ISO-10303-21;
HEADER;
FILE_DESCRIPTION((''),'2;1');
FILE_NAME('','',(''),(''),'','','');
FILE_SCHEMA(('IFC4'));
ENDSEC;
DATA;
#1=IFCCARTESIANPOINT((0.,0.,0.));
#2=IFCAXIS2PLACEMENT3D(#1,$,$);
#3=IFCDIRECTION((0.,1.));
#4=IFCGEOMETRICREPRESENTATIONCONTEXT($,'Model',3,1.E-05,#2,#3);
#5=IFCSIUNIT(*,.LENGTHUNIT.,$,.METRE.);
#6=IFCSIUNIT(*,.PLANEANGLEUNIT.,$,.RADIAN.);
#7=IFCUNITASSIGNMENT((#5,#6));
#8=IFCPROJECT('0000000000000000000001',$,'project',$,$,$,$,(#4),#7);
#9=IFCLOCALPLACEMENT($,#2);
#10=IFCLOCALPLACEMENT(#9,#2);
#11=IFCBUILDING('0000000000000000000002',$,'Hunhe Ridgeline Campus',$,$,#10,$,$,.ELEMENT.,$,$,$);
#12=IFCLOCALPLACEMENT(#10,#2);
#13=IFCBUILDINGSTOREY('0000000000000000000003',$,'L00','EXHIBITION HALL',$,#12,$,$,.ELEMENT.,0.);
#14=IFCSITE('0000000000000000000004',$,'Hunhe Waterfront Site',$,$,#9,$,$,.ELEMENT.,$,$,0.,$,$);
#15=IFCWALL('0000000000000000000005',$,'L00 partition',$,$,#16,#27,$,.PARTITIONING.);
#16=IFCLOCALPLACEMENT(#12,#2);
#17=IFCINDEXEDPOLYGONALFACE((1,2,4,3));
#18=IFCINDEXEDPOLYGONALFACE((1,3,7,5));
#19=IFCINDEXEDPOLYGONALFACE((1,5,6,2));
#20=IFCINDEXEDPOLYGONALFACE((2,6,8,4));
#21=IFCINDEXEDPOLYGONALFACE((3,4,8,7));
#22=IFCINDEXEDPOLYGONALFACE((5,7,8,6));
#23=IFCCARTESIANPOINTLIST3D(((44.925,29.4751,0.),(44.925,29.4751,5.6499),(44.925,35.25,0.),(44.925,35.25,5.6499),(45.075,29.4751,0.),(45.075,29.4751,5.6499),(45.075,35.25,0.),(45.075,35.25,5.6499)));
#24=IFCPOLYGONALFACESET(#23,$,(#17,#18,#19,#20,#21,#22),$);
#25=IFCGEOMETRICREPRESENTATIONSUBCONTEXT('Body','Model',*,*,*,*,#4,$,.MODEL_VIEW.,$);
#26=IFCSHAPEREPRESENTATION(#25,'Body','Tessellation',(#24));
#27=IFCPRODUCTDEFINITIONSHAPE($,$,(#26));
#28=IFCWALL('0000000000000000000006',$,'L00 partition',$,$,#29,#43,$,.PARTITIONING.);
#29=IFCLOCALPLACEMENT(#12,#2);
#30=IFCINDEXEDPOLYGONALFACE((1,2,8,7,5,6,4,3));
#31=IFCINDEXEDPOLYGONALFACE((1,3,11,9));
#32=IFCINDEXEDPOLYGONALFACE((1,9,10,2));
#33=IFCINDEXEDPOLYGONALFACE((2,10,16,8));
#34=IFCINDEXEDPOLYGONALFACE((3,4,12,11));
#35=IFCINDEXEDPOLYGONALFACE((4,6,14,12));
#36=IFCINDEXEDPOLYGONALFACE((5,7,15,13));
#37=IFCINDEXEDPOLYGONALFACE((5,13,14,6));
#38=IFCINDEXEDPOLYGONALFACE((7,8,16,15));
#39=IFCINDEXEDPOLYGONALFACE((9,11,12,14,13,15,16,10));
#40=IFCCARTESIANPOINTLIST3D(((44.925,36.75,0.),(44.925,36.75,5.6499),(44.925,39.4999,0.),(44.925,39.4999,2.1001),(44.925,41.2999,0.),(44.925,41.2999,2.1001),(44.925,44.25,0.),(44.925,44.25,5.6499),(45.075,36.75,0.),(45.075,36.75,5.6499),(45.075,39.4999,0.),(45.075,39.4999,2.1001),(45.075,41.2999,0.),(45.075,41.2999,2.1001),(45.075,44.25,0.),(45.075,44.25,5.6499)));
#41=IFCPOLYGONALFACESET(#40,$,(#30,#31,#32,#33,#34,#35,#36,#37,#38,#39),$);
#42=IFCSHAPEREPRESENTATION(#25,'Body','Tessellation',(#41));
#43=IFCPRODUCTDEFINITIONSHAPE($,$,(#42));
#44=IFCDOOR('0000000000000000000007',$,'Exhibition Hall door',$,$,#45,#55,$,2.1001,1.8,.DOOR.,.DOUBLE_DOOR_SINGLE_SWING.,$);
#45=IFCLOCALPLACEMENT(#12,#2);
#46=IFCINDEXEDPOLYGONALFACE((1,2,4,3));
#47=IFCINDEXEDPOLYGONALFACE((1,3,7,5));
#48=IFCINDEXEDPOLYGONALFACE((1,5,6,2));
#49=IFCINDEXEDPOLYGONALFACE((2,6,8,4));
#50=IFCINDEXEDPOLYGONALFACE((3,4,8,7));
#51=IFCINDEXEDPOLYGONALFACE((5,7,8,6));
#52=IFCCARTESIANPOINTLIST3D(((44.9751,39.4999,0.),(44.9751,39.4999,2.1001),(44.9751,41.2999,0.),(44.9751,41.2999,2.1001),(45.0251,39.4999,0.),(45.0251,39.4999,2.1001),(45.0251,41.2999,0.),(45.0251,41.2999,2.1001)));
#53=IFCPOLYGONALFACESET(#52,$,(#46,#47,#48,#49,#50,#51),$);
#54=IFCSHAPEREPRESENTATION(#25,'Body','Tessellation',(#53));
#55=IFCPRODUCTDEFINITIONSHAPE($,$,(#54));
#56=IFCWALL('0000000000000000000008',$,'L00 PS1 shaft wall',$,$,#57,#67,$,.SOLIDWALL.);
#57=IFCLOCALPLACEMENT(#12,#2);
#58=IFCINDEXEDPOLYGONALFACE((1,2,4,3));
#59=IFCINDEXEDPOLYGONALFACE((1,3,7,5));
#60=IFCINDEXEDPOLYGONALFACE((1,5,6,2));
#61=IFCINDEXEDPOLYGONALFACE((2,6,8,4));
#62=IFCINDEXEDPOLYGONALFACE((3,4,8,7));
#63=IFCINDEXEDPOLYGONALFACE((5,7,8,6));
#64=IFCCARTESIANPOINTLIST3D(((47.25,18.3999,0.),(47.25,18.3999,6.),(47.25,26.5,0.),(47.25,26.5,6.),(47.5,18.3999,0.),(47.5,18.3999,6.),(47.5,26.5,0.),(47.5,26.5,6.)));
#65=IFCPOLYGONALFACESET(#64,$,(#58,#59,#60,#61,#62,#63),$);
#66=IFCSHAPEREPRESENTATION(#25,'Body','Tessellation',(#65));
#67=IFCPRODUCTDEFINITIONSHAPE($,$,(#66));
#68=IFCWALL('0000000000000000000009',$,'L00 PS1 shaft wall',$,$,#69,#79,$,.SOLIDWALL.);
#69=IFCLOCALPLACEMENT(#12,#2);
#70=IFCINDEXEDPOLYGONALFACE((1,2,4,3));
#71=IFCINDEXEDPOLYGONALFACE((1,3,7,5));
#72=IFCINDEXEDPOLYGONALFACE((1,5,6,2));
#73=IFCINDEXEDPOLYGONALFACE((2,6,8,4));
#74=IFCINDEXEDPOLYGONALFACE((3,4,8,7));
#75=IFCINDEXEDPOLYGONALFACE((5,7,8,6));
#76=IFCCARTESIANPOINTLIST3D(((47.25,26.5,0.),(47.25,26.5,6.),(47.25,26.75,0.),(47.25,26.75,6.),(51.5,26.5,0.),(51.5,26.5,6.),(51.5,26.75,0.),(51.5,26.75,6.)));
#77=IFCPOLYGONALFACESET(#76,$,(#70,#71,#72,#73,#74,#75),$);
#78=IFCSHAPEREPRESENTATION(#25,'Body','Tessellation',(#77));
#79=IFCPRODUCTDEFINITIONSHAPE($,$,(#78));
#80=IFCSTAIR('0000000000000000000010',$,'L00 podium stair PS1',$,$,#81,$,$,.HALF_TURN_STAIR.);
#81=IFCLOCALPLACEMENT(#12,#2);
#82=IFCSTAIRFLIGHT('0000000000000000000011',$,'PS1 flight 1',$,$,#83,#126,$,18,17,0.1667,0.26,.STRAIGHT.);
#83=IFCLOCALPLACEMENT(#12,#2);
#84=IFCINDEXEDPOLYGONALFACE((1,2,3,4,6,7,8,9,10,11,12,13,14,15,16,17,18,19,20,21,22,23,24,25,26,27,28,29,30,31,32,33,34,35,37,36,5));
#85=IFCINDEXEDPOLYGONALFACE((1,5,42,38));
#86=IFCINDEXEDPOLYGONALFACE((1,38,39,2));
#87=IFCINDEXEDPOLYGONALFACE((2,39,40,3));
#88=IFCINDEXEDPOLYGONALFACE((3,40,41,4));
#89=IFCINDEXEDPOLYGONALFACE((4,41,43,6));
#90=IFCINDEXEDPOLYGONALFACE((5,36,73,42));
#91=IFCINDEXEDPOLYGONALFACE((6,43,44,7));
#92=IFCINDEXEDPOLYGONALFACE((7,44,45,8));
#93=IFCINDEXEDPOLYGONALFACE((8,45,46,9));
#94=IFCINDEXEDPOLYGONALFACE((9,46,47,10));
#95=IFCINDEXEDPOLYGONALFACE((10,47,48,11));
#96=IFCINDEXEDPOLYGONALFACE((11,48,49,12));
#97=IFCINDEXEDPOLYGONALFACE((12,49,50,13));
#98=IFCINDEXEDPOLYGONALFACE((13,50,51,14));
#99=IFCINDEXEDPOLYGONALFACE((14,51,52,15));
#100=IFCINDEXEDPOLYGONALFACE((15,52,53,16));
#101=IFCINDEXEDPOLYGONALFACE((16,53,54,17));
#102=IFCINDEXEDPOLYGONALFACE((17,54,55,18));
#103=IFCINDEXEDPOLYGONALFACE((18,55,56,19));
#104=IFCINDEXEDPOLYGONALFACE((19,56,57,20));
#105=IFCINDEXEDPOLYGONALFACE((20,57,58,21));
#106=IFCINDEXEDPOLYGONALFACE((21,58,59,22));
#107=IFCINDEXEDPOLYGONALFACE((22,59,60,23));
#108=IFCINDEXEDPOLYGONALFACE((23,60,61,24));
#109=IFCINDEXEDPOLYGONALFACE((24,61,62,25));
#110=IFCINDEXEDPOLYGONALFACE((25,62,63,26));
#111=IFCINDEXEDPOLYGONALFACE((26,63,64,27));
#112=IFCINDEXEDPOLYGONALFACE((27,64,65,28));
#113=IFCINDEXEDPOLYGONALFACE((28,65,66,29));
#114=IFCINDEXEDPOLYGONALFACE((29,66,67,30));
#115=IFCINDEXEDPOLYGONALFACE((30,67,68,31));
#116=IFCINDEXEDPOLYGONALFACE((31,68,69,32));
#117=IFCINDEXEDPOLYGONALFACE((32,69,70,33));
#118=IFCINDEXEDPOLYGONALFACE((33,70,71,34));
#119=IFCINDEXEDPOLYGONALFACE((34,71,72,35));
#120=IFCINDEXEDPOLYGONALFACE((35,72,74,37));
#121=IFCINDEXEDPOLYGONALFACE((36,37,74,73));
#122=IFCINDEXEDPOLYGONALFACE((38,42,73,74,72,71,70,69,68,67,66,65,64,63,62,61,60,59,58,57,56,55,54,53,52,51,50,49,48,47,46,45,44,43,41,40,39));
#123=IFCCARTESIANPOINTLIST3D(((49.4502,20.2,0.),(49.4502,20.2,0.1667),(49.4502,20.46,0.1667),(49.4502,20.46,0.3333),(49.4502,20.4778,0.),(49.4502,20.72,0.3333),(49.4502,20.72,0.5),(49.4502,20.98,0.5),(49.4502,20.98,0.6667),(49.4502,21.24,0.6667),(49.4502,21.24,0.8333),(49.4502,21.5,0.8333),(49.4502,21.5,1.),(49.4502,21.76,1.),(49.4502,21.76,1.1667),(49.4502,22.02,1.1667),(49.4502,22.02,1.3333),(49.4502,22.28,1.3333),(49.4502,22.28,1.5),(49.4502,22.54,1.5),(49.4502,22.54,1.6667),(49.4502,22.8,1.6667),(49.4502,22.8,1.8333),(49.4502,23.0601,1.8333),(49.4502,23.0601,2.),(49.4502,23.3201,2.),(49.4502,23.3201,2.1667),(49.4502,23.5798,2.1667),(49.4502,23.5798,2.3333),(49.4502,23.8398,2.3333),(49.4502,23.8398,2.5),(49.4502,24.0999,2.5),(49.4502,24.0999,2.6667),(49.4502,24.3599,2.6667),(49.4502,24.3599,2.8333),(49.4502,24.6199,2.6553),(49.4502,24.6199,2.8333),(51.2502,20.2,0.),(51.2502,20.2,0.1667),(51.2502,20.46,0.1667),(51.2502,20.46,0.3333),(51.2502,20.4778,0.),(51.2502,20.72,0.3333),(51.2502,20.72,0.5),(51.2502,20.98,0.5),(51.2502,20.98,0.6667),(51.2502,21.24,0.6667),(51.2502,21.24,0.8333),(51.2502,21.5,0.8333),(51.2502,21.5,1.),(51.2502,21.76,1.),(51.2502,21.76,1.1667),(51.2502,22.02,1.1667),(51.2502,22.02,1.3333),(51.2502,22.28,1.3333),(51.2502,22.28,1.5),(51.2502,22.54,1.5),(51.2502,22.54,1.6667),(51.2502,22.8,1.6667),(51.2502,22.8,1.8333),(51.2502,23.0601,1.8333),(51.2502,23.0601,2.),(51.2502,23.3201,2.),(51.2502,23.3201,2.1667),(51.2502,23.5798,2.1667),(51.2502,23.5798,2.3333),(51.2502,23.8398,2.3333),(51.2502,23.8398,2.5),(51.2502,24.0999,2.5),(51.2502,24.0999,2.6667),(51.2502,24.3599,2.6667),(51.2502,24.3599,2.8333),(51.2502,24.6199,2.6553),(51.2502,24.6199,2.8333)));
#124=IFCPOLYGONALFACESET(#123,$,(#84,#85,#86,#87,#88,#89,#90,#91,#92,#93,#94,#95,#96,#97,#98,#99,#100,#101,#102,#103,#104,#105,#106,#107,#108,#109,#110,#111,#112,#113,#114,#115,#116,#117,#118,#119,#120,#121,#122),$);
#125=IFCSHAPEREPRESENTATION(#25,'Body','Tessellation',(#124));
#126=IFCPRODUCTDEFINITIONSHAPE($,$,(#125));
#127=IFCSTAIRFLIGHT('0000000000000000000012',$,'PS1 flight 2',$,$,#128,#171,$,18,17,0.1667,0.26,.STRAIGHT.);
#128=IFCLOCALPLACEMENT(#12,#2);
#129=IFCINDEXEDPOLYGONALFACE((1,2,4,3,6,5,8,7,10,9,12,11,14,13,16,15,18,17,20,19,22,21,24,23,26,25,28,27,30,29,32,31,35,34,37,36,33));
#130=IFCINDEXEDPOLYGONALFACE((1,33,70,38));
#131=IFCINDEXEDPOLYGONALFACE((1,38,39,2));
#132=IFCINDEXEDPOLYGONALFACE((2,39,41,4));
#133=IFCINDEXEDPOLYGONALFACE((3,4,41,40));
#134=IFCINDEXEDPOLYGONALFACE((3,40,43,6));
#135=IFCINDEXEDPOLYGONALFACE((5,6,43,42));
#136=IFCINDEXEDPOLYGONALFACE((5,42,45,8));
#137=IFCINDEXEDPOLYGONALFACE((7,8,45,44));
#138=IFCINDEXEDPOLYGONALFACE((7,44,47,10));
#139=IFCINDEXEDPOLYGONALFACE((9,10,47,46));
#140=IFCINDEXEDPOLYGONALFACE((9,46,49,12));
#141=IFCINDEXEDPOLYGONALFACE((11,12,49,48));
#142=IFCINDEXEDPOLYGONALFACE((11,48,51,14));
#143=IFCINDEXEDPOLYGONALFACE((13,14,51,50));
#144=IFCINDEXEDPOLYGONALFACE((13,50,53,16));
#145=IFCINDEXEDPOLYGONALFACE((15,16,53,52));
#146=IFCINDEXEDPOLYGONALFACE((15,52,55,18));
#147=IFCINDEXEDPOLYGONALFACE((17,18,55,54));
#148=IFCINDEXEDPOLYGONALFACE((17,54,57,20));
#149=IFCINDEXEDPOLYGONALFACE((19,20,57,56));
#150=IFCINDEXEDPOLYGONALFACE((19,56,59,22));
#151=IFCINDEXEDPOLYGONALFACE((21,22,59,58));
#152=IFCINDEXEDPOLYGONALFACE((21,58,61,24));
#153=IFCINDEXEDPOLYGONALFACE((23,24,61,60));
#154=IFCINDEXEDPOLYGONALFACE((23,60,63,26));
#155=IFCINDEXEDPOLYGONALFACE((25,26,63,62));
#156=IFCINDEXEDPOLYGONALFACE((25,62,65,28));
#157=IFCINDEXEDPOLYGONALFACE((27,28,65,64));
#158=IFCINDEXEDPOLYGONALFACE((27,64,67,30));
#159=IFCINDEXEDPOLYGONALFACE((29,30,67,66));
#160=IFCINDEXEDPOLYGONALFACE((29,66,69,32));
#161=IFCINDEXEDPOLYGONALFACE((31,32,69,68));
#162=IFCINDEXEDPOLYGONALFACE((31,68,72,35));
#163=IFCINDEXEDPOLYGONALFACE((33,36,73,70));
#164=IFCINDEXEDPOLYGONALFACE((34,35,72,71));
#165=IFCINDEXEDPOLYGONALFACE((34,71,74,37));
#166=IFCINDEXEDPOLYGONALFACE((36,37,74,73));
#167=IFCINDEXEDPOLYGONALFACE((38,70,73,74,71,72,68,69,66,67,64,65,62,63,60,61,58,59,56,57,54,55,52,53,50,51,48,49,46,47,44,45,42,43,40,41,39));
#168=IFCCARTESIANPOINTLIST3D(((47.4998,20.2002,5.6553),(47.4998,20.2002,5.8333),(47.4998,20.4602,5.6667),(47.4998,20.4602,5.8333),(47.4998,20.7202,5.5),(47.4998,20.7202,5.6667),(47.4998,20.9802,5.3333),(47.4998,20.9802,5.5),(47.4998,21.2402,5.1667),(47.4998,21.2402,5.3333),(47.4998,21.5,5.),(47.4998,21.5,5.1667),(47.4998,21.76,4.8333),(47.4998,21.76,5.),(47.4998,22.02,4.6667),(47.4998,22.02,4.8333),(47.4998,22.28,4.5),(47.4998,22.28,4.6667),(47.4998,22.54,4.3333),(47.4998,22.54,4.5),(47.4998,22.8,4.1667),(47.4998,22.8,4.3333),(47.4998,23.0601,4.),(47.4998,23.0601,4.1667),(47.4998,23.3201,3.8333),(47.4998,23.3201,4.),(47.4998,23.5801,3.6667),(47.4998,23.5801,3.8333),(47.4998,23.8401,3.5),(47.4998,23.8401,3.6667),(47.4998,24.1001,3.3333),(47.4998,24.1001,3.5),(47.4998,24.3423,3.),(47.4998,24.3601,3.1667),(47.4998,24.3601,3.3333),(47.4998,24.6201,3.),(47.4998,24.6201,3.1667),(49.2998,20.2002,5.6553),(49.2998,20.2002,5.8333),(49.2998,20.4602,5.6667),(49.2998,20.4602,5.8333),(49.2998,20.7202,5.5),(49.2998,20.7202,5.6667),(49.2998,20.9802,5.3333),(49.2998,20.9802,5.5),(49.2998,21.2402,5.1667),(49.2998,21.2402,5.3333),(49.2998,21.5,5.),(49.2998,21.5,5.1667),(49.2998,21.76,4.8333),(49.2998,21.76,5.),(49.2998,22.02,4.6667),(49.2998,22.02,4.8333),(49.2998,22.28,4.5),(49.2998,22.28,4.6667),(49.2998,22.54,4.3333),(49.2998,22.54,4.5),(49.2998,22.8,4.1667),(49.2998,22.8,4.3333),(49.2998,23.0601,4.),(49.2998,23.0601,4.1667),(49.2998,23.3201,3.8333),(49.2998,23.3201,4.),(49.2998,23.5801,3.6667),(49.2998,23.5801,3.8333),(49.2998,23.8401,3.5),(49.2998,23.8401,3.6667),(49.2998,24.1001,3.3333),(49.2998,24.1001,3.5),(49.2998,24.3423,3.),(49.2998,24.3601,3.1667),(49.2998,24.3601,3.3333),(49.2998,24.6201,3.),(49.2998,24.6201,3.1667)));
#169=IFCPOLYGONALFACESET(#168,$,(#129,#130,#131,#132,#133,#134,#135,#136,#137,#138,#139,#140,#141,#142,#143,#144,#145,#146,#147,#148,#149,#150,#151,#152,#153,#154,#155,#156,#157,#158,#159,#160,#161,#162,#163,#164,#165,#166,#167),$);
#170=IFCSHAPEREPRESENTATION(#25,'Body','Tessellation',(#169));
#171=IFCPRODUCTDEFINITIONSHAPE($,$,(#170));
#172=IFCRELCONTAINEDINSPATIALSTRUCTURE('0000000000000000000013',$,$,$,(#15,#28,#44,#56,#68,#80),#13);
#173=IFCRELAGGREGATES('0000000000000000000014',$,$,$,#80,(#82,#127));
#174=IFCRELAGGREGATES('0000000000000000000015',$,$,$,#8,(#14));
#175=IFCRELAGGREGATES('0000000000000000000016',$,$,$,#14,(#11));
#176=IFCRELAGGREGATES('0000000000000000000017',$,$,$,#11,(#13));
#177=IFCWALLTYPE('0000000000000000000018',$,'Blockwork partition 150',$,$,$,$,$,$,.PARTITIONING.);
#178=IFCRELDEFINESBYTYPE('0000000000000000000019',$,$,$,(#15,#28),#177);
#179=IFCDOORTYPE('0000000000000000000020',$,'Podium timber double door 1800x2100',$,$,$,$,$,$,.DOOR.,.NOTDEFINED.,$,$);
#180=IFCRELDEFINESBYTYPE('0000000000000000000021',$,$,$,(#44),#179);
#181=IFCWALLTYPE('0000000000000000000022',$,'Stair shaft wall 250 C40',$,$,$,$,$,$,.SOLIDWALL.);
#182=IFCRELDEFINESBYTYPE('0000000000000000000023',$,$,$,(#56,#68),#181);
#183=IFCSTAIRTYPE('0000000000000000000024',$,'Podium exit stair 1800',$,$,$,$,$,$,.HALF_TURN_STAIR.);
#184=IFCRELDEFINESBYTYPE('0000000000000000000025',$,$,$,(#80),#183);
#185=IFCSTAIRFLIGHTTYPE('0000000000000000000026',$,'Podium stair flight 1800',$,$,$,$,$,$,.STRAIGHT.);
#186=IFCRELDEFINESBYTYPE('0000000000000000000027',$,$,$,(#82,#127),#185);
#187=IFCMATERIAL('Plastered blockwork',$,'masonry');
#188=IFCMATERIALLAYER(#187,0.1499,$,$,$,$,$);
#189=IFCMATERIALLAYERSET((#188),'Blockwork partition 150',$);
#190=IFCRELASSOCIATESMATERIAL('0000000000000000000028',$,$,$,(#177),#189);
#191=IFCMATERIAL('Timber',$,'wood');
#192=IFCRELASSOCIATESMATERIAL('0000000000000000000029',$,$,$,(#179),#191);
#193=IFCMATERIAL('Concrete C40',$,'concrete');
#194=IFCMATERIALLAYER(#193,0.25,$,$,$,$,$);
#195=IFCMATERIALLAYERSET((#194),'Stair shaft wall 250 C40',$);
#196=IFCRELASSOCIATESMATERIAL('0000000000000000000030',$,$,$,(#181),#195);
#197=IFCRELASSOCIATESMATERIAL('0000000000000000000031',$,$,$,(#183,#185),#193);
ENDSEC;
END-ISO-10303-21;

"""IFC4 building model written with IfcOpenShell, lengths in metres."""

from ifc_helpers import new_model, si_unit, direction, frame, frame_2d, origin, place, context, subcontext, project, spatial, polyline, rectangle, outline, extrude, material, layer, layer_set, type_object, element, fill, aggregate, save


model = new_model("IFC4")

# Units and contexts
model_context = context("Model", 3, precision=1e-05, world=origin(), true_north=direction((0.0, 1.0)))
body_context = subcontext(model_context, "Body", "Model", "MODEL_VIEW")
ifc_project = project(units=[si_unit("LENGTHUNIT", "METRE"), si_unit("PLANEANGLEUNIT", "RADIAN")], contexts=[model_context])

# Site, building, storey
site_placement = place(None, origin())
site = spatial("IfcSite", under=ifc_project, at=site_placement, Name="Hunhe Waterfront Site", CompositionType="ELEMENT", RefElevation=0.0)
building_placement = place(site_placement, origin())
building = spatial("IfcBuilding", under=site, at=building_placement, Name="Hunhe Ridgeline Campus", CompositionType="ELEMENT")
storey_placement = place(building_placement, origin())
storey = spatial("IfcBuildingStorey", under=building, at=storey_placement, Name="L00", Description="EXHIBITION HALL", CompositionType="ELEMENT", Elevation=0.0)

# Shared definitions
ifc_material_1 = material(Name="Plastered blockwork", Category="masonry")
ifc_layer_1 = layer(ifc_material_1, 0.1499)
ifc_layer_set_1 = layer_set([ifc_layer_1], Name="Blockwork partition 150")
wall_type_1 = type_object("IfcWallType", Name="Blockwork partition 150", PredefinedType="PARTITIONING", material=ifc_layer_set_1)
ifc_material_2 = material(Name="Timber", Category="wood")

# Wall
wall_1_placement = place(storey_placement, frame((45.0, 29.4751, 0.0), z_axis=(0.0, 0.0, 1.0), x_axis=(0.0, 1.0, 0.0)))
element("IfcWall", 1, at=wall_1_placement, inside=storey, type_object=wall_type_1, Name="L00 partition", PredefinedType="PARTITIONING", context=body_context, shape_type="SweptSolid", body=[
    extrude(rectangle(XDim=5.7749, YDim=0.1499, at=frame_2d((2.8875, 0.0))), origin(), (0.0, 0.0, 1.0), 5.6499),
])

# Wall, opening, door
wall_2_placement = place(storey_placement, frame((45.0, 36.75, 0.0), z_axis=(0.0, 0.0, 1.0), x_axis=(0.0, 1.0, 0.0)))
wall_2 = element("IfcWall", 2, at=wall_2_placement, inside=storey, type_object=wall_type_1, Name="L00 partition", PredefinedType="PARTITIONING", context=body_context, shape_type="SweptSolid", body=[
    extrude(rectangle(XDim=7.5, YDim=0.1499, at=frame_2d((3.75, 0.0))), origin(), (0.0, 0.0, 1.0), 5.6499),
])
opening_1_placement = place(wall_2_placement, frame((2.75, 0.0, 0.0)))
opening_1 = element("IfcOpeningElement", 3, at=opening_1_placement, cuts=wall_2, PredefinedType="OPENING", context=body_context, shape_type="SweptSolid", body=[
    extrude(rectangle(XDim=1.8, YDim=2.1001, at=frame_2d((0.8999, 1.05))), frame((0.0, 0.075, 0.0), z_axis=(0.0, -1.0, 0.0), x_axis=(1.0, 0.0, 0.0)), (0.0, 0.0, 1.0), 0.1499),
])
door_type_1 = type_object("IfcDoorType", Name="Podium timber double door 1800x2100", OperationType="NOTDEFINED", PredefinedType="DOOR", material=ifc_material_2)
door_1_placement = place(opening_1_placement, origin())
door_1 = element("IfcDoor", 4, at=door_1_placement, inside=storey, type_object=door_type_1, Name="Exhibition Hall door", OperationType="DOUBLE_DOOR_SINGLE_SWING", OverallHeight=2.1001, OverallWidth=1.8, PredefinedType="DOOR", context=body_context, shape_type="SweptSolid", body=[
    extrude(rectangle(XDim=1.8, YDim=2.1001, at=frame_2d((0.8999, 1.05))), frame((0.0, 0.0249, 0.0), z_axis=(0.0, -1.0, 0.0), x_axis=(1.0, 0.0, 0.0)), (0.0, 0.0, 1.0), 0.05),
])
fill(opening_1, door_1)

# Shared definitions
ifc_material_3 = material(Name="Concrete C40", Category="concrete")

# Walls
ifc_layer_2 = layer(ifc_material_3, 0.25)
ifc_layer_set_2 = layer_set([ifc_layer_2], Name="Stair shaft wall 250 C40")
wall_type_2 = type_object("IfcWallType", Name="Stair shaft wall 250 C40", PredefinedType="SOLIDWALL", material=ifc_layer_set_2)
wall_3_placement = place(storey_placement, frame((47.375, 18.3999, 0.0), z_axis=(0.0, 0.0, 1.0), x_axis=(0.0, 1.0, 0.0)))
element("IfcWall", 5, at=wall_3_placement, inside=storey, type_object=wall_type_2, Name="L00 PS1 shaft wall", PredefinedType="SOLIDWALL", context=body_context, shape_type="SweptSolid", body=[
    extrude(rectangle(XDim=8.1001, YDim=0.25, at=frame_2d((4.05, 0.0))), origin(), (0.0, 0.0, 1.0), 6.0),
])
wall_4_placement = place(storey_placement, frame((47.25, 26.625, 0.0), z_axis=(0.0, 0.0, 1.0), x_axis=(1.0, 0.0, 0.0)))
element("IfcWall", 6, at=wall_4_placement, inside=storey, type_object=wall_type_2, Name="L00 PS1 shaft wall", PredefinedType="SOLIDWALL", context=body_context, shape_type="SweptSolid", body=[
    extrude(rectangle(XDim=4.25, YDim=0.25, at=frame_2d((2.125, 0.0))), origin(), (0.0, 0.0, 1.0), 6.0),
])

# Stair, stair flights
stair_type = type_object("IfcStairType", Name="Podium exit stair 1800", PredefinedType="HALF_TURN_STAIR", material=ifc_material_3)
stair_placement = place(storey_placement, origin())
stair = element("IfcStair", 7, at=stair_placement, inside=storey, type_object=stair_type, Name="L00 podium stair PS1", PredefinedType="HALF_TURN_STAIR")
stair_flight_type = type_object("IfcStairFlightType", Name="Podium stair flight 1800", PredefinedType="STRAIGHT", material=ifc_material_3)
stair_flight_1_placement = place(storey_placement, frame((50.3501, 20.2, 0.0), z_axis=(0.0, 0.0, 1.0), x_axis=(0.0, 1.0, 0.0)))
stair_flight_1 = element("IfcStairFlight", 8, at=stair_flight_1_placement, type_object=stair_flight_type, Name="PS1 flight 1", NumberOfRisers=18, NumberOfTreads=17, PredefinedType="STRAIGHT", RiserHeight=0.1667, TreadLength=0.26, context=body_context, shape_type="SweptSolid", body=[
    extrude(outline(polyline([(0.0, 0.0), (0.0, 0.1667), (0.26, 0.1667), (0.26, 0.3333), (0.52, 0.3333), (0.52, 0.5), (0.78, 0.5), (0.78, 0.6667), (1.04, 0.6667), (1.04, 0.8333), (1.3, 0.8333), (1.3, 1.0), (1.5601, 1.0), (1.5601, 1.1667), (1.8201, 1.1667), (1.8201, 1.3333), (2.0801, 1.3333), (2.0801, 1.5), (2.3401, 1.5), (2.3401, 1.6667), (2.6001, 1.6667), (2.6001, 1.8333), (2.8601, 1.8333), (2.8601, 2.0), (3.1201, 2.0), (3.1201, 2.1667), (3.3799, 2.1667), (3.3799, 2.3333), (3.6399, 2.3333), (3.6399, 2.5), (3.8999, 2.5), (3.8999, 2.6667), (4.1599, 2.6667), (4.1599, 2.8333), (4.4199, 2.8333), (4.4199, 3.0), (4.4199, 2.6553), (0.2778, 0.0), (0.0, 0.0)])), frame((0.0, 0.8999, 0.0), z_axis=(0.0, -1.0, 0.0), x_axis=(1.0, 0.0, 0.0)), (0.0, 0.0, 1.0), 1.8),
])
stair_flight_2_placement = place(storey_placement, frame((48.3999, 24.6201, 3.0), z_axis=(0.0, 0.0, 1.0), x_axis=(0.0, -1.0, 0.0)))
stair_flight_2 = element("IfcStairFlight", 9, at=stair_flight_2_placement, type_object=stair_flight_type, Name="PS1 flight 2", NumberOfRisers=18, NumberOfTreads=17, PredefinedType="STRAIGHT", RiserHeight=0.1667, TreadLength=0.26, context=body_context, shape_type="SweptSolid", body=[
    extrude(outline(polyline([(0.0, 0.0), (0.0, 0.1667), (0.26, 0.1667), (0.26, 0.3333), (0.52, 0.3333), (0.52, 0.5), (0.78, 0.5), (0.78, 0.6667), (1.04, 0.6667), (1.04, 0.8333), (1.3, 0.8333), (1.3, 1.0), (1.5601, 1.0), (1.5601, 1.1667), (1.8201, 1.1667), (1.8201, 1.3333), (2.0801, 1.3333), (2.0801, 1.5), (2.3401, 1.5), (2.3401, 1.6667), (2.6001, 1.6667), (2.6001, 1.8333), (2.8601, 1.8333), (2.8601, 2.0), (3.1201, 2.0), (3.1201, 2.1667), (3.3799, 2.1667), (3.3799, 2.3333), (3.6399, 2.3333), (3.6399, 2.5), (3.8999, 2.5), (3.8999, 2.6667), (4.1599, 2.6667), (4.1599, 2.8333), (4.4199, 2.8333), (4.4199, 3.0), (4.4199, 2.6553), (0.2778, 0.0), (0.0, 0.0)])), frame((0.0, 0.8999, 0.0), z_axis=(0.0, -1.0, 0.0), x_axis=(1.0, 0.0, 0.0)), (0.0, 0.0, 1.0), 1.8),
])
aggregate(stair, [stair_flight_1, stair_flight_2])

save(model, "model.ifc")
